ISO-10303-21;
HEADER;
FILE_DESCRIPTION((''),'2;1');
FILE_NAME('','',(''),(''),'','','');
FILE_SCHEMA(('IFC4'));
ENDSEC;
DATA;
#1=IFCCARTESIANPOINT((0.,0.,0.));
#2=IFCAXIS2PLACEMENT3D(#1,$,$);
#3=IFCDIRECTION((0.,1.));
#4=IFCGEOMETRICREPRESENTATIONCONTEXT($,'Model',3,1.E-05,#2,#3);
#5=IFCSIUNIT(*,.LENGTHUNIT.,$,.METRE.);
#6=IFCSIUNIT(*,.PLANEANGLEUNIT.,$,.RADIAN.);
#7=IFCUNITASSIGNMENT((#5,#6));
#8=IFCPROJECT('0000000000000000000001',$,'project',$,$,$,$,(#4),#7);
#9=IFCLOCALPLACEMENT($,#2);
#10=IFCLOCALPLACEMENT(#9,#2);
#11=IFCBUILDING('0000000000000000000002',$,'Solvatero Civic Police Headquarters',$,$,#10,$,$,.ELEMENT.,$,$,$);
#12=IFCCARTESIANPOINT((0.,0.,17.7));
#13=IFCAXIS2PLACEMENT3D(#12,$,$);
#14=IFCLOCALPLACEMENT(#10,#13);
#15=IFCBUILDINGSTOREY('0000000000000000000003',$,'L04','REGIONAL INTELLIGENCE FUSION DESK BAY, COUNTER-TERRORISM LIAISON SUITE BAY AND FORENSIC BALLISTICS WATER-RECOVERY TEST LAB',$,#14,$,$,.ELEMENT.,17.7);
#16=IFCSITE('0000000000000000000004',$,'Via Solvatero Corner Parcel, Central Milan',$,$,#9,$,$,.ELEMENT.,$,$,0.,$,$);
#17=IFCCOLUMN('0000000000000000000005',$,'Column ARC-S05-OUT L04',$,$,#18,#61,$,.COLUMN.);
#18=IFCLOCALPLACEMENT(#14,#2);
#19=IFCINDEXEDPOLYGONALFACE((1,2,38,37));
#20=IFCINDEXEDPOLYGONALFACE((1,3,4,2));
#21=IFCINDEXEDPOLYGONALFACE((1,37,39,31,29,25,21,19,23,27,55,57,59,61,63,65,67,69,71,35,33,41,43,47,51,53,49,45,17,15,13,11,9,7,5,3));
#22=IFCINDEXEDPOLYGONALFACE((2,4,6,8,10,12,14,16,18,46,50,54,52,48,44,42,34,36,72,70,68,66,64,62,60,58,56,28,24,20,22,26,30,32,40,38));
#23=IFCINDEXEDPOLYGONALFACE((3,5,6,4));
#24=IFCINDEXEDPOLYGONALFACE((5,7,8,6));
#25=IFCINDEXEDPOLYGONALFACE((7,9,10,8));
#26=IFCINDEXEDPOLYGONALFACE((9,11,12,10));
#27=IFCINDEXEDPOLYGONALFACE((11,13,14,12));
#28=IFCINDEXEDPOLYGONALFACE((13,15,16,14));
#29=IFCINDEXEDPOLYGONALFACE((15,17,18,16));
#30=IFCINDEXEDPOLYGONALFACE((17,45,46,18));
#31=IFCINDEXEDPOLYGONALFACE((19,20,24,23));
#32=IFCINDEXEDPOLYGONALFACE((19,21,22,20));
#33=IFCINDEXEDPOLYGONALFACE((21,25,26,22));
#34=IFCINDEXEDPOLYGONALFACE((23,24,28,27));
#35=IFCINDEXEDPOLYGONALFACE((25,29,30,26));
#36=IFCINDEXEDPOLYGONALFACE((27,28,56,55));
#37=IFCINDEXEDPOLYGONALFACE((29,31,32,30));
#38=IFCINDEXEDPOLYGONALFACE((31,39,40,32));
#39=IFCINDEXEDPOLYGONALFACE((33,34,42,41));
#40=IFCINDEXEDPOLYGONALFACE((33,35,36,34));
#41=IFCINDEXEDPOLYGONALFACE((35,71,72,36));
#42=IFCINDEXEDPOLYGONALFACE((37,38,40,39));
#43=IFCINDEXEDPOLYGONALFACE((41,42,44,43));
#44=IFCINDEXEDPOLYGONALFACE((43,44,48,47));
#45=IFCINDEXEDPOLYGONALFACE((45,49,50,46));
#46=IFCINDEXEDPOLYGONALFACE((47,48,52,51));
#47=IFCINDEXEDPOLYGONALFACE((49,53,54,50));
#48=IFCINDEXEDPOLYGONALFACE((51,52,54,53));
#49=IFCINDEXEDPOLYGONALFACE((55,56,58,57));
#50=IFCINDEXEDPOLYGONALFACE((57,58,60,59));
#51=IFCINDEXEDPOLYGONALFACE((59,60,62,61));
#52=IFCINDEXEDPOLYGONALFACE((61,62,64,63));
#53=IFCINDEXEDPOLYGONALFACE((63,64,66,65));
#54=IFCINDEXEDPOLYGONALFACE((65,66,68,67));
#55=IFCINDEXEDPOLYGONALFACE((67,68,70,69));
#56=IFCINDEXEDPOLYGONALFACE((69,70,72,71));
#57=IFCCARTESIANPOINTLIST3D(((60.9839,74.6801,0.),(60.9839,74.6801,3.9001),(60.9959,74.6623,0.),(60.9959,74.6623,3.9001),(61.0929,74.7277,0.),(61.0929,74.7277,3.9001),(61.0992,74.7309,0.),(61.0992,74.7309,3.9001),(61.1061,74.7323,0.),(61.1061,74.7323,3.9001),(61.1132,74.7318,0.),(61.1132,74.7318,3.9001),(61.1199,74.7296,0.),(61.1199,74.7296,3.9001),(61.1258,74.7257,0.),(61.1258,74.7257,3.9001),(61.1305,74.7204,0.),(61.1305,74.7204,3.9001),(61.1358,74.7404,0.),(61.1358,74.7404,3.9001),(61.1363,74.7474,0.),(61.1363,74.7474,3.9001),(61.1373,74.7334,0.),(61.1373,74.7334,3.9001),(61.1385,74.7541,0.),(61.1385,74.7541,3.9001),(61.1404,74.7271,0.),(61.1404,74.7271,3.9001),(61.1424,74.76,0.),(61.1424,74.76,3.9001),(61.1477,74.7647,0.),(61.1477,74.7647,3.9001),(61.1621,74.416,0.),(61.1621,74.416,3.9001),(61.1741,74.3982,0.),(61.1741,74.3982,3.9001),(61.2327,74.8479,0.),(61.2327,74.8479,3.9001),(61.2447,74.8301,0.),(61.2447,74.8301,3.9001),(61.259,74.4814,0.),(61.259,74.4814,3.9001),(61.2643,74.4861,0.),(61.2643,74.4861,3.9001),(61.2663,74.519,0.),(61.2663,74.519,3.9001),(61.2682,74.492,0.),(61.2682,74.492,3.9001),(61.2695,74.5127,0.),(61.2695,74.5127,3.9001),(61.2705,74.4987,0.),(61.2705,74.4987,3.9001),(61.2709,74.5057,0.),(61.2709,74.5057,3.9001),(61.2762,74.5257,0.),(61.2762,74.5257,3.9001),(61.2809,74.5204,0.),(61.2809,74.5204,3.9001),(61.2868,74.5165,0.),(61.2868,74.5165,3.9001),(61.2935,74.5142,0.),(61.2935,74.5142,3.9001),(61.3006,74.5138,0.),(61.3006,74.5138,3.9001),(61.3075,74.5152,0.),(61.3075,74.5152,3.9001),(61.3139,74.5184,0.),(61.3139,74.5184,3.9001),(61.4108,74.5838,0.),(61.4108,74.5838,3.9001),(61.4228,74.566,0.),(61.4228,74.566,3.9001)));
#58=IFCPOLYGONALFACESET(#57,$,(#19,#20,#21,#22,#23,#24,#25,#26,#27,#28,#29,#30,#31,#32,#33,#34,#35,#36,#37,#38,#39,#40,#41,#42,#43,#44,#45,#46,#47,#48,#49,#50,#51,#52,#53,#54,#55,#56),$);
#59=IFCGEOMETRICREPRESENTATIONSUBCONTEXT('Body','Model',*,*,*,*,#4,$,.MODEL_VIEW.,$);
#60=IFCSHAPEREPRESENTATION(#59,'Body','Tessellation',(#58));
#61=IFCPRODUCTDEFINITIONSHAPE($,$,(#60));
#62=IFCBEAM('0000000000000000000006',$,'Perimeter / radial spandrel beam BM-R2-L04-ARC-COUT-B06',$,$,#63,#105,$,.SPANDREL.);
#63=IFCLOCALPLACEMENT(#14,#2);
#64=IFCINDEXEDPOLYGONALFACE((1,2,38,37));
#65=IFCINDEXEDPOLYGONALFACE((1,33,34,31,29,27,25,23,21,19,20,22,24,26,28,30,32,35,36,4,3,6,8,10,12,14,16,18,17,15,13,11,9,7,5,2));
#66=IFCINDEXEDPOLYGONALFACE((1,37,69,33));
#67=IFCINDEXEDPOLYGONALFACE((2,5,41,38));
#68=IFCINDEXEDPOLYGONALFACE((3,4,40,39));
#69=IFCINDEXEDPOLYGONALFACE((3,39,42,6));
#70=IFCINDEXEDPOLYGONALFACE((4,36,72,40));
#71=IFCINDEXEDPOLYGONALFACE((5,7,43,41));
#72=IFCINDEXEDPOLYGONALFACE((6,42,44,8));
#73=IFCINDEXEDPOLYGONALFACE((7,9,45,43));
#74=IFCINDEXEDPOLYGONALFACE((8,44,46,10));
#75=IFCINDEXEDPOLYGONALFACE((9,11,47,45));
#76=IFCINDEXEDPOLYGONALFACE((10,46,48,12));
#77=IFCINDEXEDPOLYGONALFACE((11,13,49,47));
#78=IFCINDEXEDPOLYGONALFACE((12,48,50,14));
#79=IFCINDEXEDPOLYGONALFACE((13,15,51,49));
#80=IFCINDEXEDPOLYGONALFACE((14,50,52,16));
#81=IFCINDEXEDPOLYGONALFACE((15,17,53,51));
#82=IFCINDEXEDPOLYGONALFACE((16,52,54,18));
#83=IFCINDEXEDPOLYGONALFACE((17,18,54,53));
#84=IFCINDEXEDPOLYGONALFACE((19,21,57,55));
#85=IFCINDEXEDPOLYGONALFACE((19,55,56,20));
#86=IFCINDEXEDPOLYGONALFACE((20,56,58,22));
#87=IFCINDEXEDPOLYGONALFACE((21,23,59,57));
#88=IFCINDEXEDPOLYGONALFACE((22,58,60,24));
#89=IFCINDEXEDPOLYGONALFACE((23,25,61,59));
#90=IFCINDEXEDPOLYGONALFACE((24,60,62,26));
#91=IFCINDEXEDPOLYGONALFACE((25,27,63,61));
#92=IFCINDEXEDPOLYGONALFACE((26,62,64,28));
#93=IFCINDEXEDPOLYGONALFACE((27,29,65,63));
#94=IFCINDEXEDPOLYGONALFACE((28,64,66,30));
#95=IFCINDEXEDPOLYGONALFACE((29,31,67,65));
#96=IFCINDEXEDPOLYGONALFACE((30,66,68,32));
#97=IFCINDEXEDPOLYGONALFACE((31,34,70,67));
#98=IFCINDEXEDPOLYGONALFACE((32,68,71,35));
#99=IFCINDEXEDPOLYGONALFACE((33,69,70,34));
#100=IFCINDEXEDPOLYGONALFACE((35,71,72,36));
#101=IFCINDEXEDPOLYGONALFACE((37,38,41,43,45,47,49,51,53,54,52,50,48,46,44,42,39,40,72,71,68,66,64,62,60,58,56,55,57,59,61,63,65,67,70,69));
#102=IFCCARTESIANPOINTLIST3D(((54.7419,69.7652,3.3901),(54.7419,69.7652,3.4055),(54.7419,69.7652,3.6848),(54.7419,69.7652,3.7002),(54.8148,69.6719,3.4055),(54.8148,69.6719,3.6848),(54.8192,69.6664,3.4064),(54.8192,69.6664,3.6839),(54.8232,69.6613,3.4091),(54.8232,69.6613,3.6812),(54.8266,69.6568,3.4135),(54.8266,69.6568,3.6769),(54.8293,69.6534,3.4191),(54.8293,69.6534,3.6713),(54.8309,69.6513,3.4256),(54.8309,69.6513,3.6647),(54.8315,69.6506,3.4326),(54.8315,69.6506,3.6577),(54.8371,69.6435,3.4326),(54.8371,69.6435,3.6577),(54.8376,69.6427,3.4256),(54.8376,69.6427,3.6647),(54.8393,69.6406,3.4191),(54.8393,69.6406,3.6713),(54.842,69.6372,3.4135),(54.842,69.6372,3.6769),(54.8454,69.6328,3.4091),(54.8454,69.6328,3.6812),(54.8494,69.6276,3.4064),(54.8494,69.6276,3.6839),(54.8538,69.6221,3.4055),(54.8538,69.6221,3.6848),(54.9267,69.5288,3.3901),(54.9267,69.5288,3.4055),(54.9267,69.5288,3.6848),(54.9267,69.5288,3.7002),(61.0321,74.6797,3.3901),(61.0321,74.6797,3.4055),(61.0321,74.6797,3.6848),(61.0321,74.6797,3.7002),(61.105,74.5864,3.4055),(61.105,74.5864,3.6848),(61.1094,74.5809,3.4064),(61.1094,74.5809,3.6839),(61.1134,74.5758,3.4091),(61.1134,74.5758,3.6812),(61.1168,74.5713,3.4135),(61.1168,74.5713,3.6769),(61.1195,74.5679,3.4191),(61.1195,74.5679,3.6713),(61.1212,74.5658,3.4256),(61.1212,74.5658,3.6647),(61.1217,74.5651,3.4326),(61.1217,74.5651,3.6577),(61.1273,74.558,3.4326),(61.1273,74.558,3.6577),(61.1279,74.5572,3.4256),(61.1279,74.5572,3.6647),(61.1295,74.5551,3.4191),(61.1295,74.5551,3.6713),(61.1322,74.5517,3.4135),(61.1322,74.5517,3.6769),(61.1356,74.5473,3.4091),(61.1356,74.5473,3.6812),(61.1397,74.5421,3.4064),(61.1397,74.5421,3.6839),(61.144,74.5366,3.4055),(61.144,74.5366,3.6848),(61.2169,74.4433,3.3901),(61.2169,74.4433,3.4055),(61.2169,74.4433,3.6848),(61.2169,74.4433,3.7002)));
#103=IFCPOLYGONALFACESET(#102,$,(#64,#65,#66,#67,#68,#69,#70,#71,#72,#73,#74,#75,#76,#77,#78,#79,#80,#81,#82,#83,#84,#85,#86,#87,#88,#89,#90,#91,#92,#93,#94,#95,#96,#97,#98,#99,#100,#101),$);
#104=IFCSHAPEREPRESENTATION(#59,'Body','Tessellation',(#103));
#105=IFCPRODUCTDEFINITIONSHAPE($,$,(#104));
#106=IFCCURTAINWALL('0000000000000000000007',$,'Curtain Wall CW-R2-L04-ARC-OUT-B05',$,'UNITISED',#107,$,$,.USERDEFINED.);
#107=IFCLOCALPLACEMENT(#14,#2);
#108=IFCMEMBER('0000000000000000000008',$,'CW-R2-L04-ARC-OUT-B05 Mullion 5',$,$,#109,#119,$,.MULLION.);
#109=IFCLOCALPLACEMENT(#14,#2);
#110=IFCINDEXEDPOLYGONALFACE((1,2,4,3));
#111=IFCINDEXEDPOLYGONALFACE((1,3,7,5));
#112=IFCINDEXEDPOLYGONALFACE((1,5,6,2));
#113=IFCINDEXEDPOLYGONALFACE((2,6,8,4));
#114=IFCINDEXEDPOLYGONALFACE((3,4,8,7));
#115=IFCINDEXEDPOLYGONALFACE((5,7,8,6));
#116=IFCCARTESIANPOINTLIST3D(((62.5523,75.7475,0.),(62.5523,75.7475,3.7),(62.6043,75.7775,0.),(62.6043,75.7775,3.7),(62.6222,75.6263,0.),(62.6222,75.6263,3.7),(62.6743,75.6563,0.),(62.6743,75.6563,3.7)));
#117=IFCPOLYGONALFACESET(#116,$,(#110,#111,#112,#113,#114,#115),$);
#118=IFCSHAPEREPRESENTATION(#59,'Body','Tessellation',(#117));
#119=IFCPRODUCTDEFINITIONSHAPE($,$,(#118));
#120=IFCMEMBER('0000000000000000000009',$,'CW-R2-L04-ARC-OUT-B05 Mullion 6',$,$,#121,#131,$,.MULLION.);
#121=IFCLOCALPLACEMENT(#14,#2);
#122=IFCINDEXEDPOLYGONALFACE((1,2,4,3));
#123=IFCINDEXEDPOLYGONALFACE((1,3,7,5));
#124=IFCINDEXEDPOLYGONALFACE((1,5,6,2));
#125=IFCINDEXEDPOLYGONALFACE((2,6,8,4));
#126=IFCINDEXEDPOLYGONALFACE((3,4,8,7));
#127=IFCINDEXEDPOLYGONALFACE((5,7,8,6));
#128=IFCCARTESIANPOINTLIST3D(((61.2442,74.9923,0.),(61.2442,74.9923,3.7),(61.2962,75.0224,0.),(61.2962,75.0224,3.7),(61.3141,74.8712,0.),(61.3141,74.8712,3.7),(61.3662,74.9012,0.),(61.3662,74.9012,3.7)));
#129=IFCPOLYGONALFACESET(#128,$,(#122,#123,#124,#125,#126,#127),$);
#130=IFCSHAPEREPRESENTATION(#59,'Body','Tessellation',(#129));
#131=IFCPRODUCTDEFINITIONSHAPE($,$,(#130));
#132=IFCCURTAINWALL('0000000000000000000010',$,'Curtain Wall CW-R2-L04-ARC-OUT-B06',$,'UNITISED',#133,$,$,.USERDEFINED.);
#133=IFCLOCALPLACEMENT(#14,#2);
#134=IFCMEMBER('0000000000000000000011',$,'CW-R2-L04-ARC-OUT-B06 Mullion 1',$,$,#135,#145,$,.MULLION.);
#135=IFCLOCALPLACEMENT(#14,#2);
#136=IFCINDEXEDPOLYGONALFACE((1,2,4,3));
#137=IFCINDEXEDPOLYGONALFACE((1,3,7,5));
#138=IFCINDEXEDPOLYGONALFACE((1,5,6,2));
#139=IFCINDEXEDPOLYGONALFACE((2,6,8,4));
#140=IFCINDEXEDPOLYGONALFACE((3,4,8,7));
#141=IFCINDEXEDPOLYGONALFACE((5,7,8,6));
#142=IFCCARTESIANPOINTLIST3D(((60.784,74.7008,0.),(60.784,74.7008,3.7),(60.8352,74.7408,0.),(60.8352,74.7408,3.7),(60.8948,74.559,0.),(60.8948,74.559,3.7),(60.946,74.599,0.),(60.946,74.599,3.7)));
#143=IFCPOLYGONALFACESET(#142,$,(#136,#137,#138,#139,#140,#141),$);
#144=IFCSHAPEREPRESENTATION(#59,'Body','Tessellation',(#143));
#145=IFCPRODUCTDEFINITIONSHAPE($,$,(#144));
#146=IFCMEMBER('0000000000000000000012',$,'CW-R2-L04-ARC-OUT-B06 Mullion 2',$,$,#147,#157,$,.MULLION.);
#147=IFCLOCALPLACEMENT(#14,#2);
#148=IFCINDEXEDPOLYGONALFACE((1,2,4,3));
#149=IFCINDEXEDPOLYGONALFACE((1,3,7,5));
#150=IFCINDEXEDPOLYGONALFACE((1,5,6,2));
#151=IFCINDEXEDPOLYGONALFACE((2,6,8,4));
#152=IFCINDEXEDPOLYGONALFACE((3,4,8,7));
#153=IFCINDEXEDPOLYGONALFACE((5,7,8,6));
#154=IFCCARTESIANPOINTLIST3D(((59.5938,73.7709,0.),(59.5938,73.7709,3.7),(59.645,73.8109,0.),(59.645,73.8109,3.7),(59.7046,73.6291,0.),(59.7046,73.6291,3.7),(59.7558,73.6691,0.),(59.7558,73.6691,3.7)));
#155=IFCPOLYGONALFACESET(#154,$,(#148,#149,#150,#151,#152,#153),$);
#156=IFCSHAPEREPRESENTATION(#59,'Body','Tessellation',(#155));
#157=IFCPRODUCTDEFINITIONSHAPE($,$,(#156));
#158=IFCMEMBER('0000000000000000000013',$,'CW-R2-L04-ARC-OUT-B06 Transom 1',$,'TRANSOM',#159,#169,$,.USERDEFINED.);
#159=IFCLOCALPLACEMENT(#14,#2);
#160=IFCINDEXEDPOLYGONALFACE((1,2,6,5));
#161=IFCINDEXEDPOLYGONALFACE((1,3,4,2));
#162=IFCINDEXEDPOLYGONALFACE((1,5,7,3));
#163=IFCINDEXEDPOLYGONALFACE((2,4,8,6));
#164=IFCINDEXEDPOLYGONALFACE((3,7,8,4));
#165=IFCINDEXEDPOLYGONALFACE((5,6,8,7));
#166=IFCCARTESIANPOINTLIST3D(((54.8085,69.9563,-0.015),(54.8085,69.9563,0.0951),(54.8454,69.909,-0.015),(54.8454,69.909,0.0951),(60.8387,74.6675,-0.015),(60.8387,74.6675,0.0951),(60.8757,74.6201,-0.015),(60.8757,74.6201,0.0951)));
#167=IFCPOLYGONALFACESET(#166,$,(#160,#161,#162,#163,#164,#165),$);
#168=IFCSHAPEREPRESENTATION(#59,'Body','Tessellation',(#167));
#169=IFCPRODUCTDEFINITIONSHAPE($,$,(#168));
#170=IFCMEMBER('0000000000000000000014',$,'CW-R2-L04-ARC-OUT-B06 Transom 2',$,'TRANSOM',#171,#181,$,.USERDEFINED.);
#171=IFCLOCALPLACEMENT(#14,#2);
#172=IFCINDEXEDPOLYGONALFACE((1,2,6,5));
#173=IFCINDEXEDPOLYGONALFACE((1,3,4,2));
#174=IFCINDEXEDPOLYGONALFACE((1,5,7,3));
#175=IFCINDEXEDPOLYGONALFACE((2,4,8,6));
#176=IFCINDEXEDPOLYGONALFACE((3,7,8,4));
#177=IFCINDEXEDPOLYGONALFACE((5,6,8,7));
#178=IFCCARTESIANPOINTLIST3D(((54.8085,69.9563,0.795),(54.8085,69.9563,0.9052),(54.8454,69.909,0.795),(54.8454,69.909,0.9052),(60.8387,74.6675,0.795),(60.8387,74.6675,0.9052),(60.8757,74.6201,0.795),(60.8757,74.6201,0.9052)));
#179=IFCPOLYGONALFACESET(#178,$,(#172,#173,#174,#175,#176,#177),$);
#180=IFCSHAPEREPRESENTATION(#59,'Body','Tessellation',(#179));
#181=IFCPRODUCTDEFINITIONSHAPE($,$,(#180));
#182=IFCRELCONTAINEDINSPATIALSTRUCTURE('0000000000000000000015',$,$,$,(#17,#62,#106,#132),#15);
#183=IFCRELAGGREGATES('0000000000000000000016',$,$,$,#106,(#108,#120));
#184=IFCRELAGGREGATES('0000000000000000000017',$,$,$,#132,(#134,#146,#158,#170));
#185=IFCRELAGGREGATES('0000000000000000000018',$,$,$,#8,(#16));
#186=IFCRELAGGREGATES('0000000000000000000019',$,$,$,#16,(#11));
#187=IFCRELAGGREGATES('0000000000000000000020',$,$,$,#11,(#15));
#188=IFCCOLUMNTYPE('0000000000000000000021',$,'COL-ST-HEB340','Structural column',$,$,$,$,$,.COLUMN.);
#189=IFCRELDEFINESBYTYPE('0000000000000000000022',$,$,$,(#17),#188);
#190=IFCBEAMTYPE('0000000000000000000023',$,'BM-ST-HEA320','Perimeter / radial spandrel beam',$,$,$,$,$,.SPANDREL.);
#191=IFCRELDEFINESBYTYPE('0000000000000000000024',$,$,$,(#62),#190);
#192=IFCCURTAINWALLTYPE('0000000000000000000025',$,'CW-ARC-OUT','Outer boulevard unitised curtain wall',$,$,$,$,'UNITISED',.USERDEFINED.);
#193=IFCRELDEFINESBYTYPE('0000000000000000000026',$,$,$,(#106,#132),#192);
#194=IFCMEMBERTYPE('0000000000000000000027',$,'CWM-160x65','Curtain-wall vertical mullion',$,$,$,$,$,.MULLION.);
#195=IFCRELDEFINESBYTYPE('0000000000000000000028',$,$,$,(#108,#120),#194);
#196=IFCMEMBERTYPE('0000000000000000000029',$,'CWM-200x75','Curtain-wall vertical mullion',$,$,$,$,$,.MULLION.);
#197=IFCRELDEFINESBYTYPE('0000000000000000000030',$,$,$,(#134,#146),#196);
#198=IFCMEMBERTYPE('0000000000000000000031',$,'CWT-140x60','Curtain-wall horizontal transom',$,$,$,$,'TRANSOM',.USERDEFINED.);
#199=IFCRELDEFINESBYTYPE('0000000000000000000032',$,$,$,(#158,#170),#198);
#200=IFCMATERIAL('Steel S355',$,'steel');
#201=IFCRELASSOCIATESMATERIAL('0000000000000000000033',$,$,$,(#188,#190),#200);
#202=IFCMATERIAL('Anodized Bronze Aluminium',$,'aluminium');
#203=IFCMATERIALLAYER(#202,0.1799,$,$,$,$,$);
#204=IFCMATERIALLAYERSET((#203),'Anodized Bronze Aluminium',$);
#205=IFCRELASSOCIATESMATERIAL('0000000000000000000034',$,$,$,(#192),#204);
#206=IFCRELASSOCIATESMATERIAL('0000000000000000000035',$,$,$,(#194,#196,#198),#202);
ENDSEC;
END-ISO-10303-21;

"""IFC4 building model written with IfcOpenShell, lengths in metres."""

from ifc_helpers import new_model, si_unit, direction, frame, origin, origin_2d, place, context, subcontext, project, spatial, rectangle, i_section, extrude, material, layer, layer_set, material_profile, profile_set, type_object, element, aggregate, save


model = new_model("IFC4")

# Units and contexts
model_context = context("Model", 3, precision=1e-05, world=origin(), true_north=direction((0.0, 1.0)))
body_context = subcontext(model_context, "Body", "Model", "MODEL_VIEW")
ifc_project = project(units=[si_unit("LENGTHUNIT", "METRE"), si_unit("PLANEANGLEUNIT", "RADIAN")], contexts=[model_context])

# Site, building, storey
site_placement = place(None, origin())
site = spatial("IfcSite", under=ifc_project, at=site_placement, Name="Via Solvatero Corner Parcel, Central Milan", CompositionType="ELEMENT", RefElevation=0.0)
building_placement = place(site_placement, origin())
building = spatial("IfcBuilding", under=site, at=building_placement, Name="Solvatero Civic Police Headquarters", CompositionType="ELEMENT")
storey_placement = place(building_placement, frame((0.0, 0.0, 17.7)))
storey = spatial("IfcBuildingStorey", under=building, at=storey_placement, Name="L04", Description="REGIONAL INTELLIGENCE FUSION DESK BAY, COUNTER-TERRORISM LIAISON SUITE BAY AND FORENSIC BALLISTICS WATER-RECOVERY TEST LAB", CompositionType="ELEMENT", Elevation=17.7)

# Column
ifc_material_1 = material(Name="Steel S355", Category="steel")
ifc_material_profile_1 = material_profile(ifc_material_1, i_section(OverallWidth=0.3, OverallDepth=0.3401, WebThickness=0.012, FlangeThickness=0.0215, FilletRadius=0.0271, at=origin_2d()), Name="HEB 340")
ifc_profile_set_1 = profile_set([ifc_material_profile_1], Name="Steel S355")
column_type = type_object("IfcColumnType", Name="COL-ST-HEB340", Description="Structural column", PredefinedType="COLUMN", material=ifc_profile_set_1)
column_placement = place(storey_placement, frame((61.2034, 74.623, 0.0), z_axis=(0.0, 0.0, 1.0), x_axis=(0.829038, 0.559193, 0.0)))
element("IfcColumn", 1, at=column_placement, inside=storey, type_object=column_type, Name="Column ARC-S05-OUT L04", PredefinedType="COLUMN", context=body_context, shape_type="SweptSolid", body=[
    extrude(i_section(OverallWidth=0.3, OverallDepth=0.3401, WebThickness=0.012, FlangeThickness=0.0215, FilletRadius=0.0271, at=origin_2d()), origin(), (0.0, 0.0, 1.0), 3.9001),
])

# Beam
ifc_material_profile_2 = material_profile(ifc_material_1, i_section(OverallWidth=0.3, OverallDepth=0.3101, WebThickness=0.009, FlangeThickness=0.0154, FilletRadius=0.0271, at=origin_2d()), Name="HEA 320")
ifc_profile_set_2 = profile_set([ifc_material_profile_2], Name="Steel S355")
beam_type = type_object("IfcBeamType", Name="BM-ST-HEA320", Description="Perimeter / radial spandrel beam", PredefinedType="SPANDREL", material=ifc_profile_set_2)
beam_placement = place(storey_placement, frame((61.1245, 74.5615, 3.5452), z_axis=(-0.788008, -0.615665, 0.0), x_axis=(0.615665, -0.788008, 0.0)))
element("IfcBeam", 2, at=beam_placement, inside=storey, type_object=beam_type, Name="Perimeter / radial spandrel beam BM-R2-L04-ARC-COUT-B06", PredefinedType="SPANDREL", context=body_context, shape_type="SweptSolid", body=[
    extrude(i_section(OverallWidth=0.3, OverallDepth=0.3101, WebThickness=0.009, FlangeThickness=0.0154, FilletRadius=0.0271, at=origin_2d()), origin(), (0.0, 0.0, 1.0), 7.9824),
])

# Curtain walls, members
ifc_material_2 = material(Name="Anodized Bronze Aluminium", Category="aluminium")
ifc_layer_1 = layer(ifc_material_2, 0.1799)
ifc_layer_set_1 = layer_set([ifc_layer_1], Name="Anodized Bronze Aluminium")
curtain_wall_type = type_object("IfcCurtainWallType", Name="CW-ARC-OUT", Description="Outer boulevard unitised curtain wall", ElementType="UNITISED", PredefinedType="USERDEFINED", material=ifc_layer_set_1)
curtain_wall_1_placement = place(storey_placement, origin())
curtain_wall_1 = element("IfcCurtainWall", 3, at=curtain_wall_1_placement, inside=storey, type_object=curtain_wall_type, Name="Curtain Wall CW-R2-L04-ARC-OUT-B05", ObjectType="UNITISED", PredefinedType="USERDEFINED")
ifc_material_profile_3 = material_profile(ifc_material_2, rectangle(XDim=0.0601, YDim=0.1399, at=origin_2d()), Name="ALU MULLION 60x140")
ifc_profile_set_3 = profile_set([ifc_material_profile_3], Name="Anodized Bronze Aluminium")
member_type_1 = type_object("IfcMemberType", Name="CWM-160x65", Description="Curtain-wall vertical mullion", PredefinedType="MULLION", material=ifc_profile_set_3)
member_1_placement = place(storey_placement, frame((62.6133, 75.7019, 0.0), z_axis=(0.0, 0.0, 1.0), x_axis=(-0.866025, -0.5, 0.0)))
member_1 = element("IfcMember", 4, at=member_1_placement, type_object=member_type_1, Name="CW-R2-L04-ARC-OUT-B05 Mullion 5", PredefinedType="MULLION", context=body_context, shape_type="SweptSolid", body=[
    extrude(rectangle(XDim=0.0601, YDim=0.1399, at=origin_2d()), origin(), (0.0, 0.0, 1.0), 3.7),
])
member_2_placement = place(storey_placement, frame((61.3052, 74.9468, 0.0), z_axis=(0.0, 0.0, 1.0), x_axis=(-0.866025, -0.5, 0.0)))
member_2 = element("IfcMember", 5, at=member_2_placement, type_object=member_type_1, Name="CW-R2-L04-ARC-OUT-B05 Mullion 6", PredefinedType="MULLION", context=body_context, shape_type="SweptSolid", body=[
    extrude(rectangle(XDim=0.0601, YDim=0.1399, at=origin_2d()), origin(), (0.0, 0.0, 1.0), 3.7),
])
curtain_wall_2_placement = place(storey_placement, origin())
curtain_wall_2 = element("IfcCurtainWall", 6, at=curtain_wall_2_placement, inside=storey, type_object=curtain_wall_type, Name="Curtain Wall CW-R2-L04-ARC-OUT-B06", ObjectType="UNITISED", PredefinedType="USERDEFINED")
ifc_material_profile_4 = material_profile(ifc_material_2, rectangle(XDim=0.0649, YDim=0.1799, at=origin_2d()), Name="ALU MULLION 65x180")
ifc_profile_set_4 = profile_set([ifc_material_profile_4], Name="Anodized Bronze Aluminium")
member_type_2 = type_object("IfcMemberType", Name="CWM-200x75", Description="Curtain-wall vertical mullion", PredefinedType="MULLION", material=ifc_profile_set_4)
member_3_placement = place(storey_placement, frame((60.865, 74.6499, 0.0), z_axis=(0.0, 0.0, 1.0), x_axis=(-0.788011, -0.615661, 0.0)))
member_3 = element("IfcMember", 7, at=member_3_placement, type_object=member_type_2, Name="CW-R2-L04-ARC-OUT-B06 Mullion 1", PredefinedType="MULLION", context=body_context, shape_type="SweptSolid", body=[
    extrude(rectangle(XDim=0.0649, YDim=0.1799, at=origin_2d()), origin(), (0.0, 0.0, 1.0), 3.7),
])
member_4_placement = place(storey_placement, frame((59.6748, 73.72, 0.0), z_axis=(0.0, 0.0, 1.0), x_axis=(-0.788011, -0.615661, 0.0)))
member_4 = element("IfcMember", 8, at=member_4_placement, type_object=member_type_2, Name="CW-R2-L04-ARC-OUT-B06 Mullion 2", PredefinedType="MULLION", context=body_context, shape_type="SweptSolid", body=[
    extrude(rectangle(XDim=0.0649, YDim=0.1799, at=origin_2d()), origin(), (0.0, 0.0, 1.0), 3.7),
])
ifc_material_profile_5 = material_profile(ifc_material_2, rectangle(XDim=0.0601, YDim=0.1101, at=origin_2d()), Name="ALU TRANSOM 60x110")
ifc_profile_set_5 = profile_set([ifc_material_profile_5], Name="Anodized Bronze Aluminium")
member_type_3 = type_object("IfcMemberType", Name="CWT-140x60", Description="Curtain-wall horizontal transom", ElementType="TRANSOM", PredefinedType="USERDEFINED", material=ifc_profile_set_5)
member_5_placement = place(storey_placement, frame((60.8572, 74.6438, 0.04), z_axis=(-0.788022, -0.615647, 0.0), x_axis=(0.615647, -0.788022, 0.0)))
member_5 = element("IfcMember", 9, at=member_5_placement, type_object=member_type_3, Name="CW-R2-L04-ARC-OUT-B06 Transom 1", ObjectType="TRANSOM", PredefinedType="USERDEFINED", context=body_context, shape_type="SweptSolid", body=[
    extrude(rectangle(XDim=0.0601, YDim=0.1101, at=origin_2d()), origin(), (0.0, 0.0, 1.0), 7.6523),
])
member_6_placement = place(storey_placement, frame((60.8572, 74.6438, 0.8501), z_axis=(-0.788022, -0.615647, 0.0), x_axis=(0.615647, -0.788022, 0.0)))
member_6 = element("IfcMember", 10, at=member_6_placement, type_object=member_type_3, Name="CW-R2-L04-ARC-OUT-B06 Transom 2", ObjectType="TRANSOM", PredefinedType="USERDEFINED", context=body_context, shape_type="SweptSolid", body=[
    extrude(rectangle(XDim=0.0601, YDim=0.1101, at=origin_2d()), origin(), (0.0, 0.0, 1.0), 7.6523),
])

aggregate(curtain_wall_1, [member_1, member_2])
aggregate(curtain_wall_2, [member_3, member_4, member_5, member_6])

save(model, "model.ifc")
